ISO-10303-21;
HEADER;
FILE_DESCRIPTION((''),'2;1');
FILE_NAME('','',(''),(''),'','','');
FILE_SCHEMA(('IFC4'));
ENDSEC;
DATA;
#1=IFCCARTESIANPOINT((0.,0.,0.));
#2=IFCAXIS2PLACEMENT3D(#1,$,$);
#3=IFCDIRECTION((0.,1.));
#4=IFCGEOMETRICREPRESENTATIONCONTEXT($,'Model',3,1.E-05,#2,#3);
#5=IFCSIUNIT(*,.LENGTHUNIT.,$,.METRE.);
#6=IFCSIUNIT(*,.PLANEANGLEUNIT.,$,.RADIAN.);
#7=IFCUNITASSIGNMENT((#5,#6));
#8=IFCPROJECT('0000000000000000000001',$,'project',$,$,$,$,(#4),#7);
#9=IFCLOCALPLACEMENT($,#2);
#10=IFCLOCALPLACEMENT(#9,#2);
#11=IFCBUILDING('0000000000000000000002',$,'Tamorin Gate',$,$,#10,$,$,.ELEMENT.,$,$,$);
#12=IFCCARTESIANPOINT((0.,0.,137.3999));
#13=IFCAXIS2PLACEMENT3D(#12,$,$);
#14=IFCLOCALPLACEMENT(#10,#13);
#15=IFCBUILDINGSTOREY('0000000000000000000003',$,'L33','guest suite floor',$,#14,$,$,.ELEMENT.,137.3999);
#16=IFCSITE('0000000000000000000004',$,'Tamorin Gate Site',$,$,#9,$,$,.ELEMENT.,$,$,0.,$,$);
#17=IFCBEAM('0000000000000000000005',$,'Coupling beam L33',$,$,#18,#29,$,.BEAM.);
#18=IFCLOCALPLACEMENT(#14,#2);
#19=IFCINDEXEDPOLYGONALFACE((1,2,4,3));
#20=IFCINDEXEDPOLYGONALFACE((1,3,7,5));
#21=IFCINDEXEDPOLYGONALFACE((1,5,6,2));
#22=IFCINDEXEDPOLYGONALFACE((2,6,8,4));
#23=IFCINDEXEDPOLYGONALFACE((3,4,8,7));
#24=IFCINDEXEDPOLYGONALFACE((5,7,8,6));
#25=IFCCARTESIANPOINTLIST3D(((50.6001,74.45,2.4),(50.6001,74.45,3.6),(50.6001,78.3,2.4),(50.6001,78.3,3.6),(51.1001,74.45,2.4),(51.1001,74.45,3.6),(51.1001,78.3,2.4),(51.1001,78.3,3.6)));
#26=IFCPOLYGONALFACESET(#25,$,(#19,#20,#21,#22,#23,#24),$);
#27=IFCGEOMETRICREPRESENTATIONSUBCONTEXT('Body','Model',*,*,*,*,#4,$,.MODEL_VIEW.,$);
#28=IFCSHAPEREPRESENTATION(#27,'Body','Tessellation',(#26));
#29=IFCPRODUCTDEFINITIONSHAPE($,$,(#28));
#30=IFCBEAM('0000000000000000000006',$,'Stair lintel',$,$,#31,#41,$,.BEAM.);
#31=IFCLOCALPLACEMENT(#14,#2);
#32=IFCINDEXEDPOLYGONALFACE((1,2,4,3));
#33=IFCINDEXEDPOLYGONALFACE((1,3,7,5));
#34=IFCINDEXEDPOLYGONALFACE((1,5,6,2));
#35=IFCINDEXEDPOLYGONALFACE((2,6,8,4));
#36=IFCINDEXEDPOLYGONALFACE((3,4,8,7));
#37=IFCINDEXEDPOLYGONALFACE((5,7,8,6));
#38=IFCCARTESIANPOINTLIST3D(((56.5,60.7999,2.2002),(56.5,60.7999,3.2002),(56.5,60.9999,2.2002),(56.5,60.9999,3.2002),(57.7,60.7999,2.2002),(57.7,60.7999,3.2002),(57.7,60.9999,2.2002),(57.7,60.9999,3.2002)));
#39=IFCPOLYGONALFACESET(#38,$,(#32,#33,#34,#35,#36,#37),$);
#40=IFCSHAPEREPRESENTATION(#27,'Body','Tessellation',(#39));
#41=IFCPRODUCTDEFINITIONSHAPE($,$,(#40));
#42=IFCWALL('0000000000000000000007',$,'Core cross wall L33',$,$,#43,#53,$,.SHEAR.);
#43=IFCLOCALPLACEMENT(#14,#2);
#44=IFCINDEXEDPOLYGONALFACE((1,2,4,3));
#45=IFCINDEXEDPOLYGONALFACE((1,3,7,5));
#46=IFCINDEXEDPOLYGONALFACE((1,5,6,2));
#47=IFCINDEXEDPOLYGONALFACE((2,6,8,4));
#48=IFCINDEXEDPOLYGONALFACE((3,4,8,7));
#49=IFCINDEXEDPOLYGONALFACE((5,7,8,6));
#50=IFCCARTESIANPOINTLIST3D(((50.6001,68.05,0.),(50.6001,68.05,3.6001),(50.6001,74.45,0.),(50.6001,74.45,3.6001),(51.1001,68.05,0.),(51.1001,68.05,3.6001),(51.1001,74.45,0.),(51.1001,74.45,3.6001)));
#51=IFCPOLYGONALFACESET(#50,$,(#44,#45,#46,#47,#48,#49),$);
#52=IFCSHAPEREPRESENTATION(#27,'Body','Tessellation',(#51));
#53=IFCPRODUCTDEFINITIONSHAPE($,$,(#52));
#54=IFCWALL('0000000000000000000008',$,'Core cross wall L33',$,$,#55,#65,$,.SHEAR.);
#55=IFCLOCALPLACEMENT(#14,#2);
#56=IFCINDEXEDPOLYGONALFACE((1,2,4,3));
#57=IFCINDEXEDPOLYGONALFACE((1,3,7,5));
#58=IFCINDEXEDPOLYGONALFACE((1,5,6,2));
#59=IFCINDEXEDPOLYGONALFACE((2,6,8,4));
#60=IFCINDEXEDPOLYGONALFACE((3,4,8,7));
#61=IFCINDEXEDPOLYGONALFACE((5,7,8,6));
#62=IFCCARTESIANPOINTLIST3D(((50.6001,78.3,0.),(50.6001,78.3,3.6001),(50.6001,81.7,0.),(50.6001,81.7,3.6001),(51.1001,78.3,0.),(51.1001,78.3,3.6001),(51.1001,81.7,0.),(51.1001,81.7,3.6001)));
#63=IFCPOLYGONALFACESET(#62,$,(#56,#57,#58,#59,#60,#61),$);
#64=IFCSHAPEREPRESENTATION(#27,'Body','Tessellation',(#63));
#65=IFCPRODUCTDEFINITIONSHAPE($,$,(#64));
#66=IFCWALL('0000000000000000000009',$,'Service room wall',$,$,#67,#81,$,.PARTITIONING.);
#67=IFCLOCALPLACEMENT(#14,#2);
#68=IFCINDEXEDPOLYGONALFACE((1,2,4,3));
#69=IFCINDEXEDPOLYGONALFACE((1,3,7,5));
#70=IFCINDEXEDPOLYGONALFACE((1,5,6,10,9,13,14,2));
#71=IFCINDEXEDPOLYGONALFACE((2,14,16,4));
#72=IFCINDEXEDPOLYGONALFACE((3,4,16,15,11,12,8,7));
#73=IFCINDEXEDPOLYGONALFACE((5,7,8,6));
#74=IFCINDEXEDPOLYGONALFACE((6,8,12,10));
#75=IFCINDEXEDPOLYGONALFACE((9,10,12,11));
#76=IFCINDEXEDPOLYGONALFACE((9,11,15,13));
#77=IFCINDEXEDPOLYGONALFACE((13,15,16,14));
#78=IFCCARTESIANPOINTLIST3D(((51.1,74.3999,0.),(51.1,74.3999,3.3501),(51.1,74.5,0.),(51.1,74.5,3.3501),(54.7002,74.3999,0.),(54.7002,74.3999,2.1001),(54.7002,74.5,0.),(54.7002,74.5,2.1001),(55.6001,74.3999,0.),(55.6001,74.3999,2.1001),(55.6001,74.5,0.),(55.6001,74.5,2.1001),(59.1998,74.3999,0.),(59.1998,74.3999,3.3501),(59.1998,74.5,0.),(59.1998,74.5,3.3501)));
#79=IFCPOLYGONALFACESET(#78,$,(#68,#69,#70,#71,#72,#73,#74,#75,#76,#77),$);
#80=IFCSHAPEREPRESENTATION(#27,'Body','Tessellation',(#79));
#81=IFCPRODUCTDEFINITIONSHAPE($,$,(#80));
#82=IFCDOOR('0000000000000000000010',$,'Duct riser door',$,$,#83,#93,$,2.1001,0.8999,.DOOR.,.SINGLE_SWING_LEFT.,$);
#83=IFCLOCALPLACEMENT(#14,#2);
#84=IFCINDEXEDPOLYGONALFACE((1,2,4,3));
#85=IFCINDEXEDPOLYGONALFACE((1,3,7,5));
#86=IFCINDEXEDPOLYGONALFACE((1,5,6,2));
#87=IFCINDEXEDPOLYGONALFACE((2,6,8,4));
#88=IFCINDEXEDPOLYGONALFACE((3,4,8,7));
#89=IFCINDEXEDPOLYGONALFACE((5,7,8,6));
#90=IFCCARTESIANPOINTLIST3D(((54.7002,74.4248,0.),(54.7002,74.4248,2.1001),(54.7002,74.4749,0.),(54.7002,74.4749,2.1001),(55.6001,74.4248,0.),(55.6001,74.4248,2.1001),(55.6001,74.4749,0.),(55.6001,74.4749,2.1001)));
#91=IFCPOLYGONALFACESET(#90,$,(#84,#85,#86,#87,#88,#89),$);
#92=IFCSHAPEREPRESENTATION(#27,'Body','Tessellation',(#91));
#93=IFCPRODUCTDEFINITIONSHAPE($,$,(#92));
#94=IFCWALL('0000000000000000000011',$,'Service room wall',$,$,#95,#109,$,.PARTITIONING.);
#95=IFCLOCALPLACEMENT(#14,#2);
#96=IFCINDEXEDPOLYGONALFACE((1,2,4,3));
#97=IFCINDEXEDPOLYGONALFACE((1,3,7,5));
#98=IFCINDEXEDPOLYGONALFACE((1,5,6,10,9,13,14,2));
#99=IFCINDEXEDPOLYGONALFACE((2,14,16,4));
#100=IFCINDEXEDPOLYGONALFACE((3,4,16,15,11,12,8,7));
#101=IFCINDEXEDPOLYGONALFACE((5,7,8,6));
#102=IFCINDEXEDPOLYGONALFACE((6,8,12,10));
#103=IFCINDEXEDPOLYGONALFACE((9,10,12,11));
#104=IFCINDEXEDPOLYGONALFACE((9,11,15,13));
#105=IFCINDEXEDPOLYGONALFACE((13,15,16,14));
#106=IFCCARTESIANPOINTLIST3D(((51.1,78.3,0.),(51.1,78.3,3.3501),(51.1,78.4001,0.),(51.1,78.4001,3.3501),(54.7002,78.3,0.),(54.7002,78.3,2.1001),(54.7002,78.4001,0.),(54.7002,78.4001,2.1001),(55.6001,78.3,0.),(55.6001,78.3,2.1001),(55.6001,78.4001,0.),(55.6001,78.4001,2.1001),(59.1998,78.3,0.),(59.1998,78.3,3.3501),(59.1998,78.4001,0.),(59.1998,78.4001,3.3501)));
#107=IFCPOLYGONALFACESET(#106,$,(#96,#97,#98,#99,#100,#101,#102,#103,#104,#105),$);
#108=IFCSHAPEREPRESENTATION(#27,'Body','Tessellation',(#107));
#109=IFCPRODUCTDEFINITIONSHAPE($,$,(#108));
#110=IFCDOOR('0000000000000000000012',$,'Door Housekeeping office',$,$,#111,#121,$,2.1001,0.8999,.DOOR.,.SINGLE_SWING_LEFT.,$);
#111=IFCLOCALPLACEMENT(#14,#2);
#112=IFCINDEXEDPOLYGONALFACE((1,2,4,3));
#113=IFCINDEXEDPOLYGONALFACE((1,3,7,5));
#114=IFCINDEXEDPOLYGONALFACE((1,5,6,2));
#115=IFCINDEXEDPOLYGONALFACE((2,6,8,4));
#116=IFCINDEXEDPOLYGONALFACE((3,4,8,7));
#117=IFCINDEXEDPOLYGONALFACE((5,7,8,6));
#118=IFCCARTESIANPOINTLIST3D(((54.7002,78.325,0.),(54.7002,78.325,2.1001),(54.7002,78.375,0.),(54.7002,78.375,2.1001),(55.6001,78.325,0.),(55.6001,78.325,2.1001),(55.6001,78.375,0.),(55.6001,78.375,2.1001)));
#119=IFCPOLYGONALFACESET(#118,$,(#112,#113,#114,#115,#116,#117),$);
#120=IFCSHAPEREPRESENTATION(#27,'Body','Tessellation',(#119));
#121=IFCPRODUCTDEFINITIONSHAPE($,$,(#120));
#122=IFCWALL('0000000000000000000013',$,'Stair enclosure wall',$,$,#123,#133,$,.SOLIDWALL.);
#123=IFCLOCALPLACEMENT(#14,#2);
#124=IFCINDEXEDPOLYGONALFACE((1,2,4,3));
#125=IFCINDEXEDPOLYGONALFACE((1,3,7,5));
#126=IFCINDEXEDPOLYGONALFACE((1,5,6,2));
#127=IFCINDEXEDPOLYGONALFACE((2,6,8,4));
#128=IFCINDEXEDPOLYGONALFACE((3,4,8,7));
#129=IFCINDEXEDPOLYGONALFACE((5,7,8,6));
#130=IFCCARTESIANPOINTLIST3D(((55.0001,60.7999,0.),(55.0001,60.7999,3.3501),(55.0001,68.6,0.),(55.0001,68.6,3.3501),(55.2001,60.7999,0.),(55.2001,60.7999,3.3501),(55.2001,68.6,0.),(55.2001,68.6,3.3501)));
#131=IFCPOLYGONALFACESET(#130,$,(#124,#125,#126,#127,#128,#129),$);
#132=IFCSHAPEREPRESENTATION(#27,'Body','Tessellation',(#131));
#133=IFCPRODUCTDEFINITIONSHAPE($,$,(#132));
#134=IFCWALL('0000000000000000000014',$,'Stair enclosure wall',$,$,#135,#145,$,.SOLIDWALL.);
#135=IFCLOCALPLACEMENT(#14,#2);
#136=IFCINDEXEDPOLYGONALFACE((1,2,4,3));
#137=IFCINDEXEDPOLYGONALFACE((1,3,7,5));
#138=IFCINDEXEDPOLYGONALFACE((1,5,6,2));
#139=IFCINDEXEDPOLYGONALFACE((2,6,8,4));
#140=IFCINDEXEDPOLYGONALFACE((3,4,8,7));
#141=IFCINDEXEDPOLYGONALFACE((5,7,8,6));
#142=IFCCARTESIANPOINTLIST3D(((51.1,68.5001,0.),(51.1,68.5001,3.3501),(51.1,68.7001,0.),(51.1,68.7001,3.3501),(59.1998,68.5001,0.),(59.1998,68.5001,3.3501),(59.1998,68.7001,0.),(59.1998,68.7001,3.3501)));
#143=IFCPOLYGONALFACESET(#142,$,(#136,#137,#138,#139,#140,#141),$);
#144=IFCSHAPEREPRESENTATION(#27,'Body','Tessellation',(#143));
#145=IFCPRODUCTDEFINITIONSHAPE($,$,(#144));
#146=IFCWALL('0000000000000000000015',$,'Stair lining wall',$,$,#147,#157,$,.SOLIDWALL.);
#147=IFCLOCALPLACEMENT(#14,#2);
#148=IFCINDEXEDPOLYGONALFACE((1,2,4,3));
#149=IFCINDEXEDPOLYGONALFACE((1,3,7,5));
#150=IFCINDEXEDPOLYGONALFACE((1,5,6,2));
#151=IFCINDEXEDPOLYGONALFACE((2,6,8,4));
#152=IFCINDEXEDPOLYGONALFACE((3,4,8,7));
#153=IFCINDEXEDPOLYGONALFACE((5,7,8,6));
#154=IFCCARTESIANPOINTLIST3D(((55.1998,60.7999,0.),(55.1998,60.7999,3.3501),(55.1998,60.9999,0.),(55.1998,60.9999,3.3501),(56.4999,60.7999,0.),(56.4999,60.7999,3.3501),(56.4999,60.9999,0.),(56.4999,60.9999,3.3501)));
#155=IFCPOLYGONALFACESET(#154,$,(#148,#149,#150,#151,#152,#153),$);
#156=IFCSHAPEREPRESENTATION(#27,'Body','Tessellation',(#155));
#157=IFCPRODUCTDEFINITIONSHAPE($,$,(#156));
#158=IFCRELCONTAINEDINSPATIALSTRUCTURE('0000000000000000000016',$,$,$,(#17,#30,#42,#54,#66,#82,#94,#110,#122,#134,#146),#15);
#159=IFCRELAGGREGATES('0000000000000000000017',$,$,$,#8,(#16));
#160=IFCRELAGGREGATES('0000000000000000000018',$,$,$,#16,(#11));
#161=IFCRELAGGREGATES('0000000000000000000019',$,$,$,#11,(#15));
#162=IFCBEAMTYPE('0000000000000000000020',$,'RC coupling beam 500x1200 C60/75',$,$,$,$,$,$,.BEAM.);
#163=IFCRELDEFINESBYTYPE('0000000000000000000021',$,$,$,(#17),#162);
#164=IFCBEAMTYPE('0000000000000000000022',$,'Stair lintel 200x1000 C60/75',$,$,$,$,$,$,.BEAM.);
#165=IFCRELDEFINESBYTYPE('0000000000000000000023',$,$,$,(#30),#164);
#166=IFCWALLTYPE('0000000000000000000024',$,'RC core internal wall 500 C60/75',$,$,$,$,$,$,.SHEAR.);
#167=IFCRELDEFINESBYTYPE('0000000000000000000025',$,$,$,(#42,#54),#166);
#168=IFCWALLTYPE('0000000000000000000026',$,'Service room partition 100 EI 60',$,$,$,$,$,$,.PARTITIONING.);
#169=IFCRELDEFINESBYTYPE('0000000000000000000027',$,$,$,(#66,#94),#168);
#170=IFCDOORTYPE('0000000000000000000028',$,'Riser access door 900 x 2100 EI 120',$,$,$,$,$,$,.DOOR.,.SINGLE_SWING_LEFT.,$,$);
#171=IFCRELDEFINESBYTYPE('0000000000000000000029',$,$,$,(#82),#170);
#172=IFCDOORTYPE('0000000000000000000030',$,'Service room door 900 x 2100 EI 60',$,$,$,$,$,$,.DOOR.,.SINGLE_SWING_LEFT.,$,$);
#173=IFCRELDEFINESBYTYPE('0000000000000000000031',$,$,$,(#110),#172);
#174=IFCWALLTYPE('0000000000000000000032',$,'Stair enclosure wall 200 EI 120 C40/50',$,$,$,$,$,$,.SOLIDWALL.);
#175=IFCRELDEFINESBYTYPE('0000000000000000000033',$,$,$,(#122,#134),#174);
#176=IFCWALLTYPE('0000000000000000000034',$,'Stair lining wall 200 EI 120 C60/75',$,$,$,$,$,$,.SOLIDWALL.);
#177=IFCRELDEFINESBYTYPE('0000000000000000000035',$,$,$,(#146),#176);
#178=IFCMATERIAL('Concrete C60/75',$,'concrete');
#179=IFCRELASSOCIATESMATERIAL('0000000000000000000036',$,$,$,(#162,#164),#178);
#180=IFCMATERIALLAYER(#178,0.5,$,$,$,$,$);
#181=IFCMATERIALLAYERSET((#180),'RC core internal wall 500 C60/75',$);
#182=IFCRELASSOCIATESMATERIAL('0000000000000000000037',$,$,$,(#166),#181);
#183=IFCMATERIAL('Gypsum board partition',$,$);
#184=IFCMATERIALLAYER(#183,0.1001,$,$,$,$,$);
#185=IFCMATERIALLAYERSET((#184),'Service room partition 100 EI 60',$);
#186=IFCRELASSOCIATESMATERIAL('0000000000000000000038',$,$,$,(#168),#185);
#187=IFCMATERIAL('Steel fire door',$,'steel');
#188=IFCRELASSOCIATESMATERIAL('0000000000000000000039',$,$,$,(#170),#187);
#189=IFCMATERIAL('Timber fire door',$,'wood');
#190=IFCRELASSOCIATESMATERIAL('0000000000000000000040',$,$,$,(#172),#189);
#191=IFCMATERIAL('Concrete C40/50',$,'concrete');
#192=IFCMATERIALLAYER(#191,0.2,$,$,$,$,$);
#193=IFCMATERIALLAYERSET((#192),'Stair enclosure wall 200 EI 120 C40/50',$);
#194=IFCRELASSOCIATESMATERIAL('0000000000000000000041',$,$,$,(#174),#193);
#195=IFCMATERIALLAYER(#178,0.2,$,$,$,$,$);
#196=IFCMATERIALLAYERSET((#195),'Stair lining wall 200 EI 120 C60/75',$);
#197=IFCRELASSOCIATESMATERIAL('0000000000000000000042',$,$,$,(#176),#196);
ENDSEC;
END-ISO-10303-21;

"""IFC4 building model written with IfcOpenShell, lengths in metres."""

from ifc_helpers import new_model, si_unit, direction, frame, frame_2d, origin, origin_2d, place, context, subcontext, project, spatial, rectangle, extrude, material, layer, layer_set, material_profile, profile_set, type_object, element, fill, save


model = new_model("IFC4")

# Units and contexts
model_context = context("Model", 3, precision=1e-05, world=origin(), true_north=direction((0.0, 1.0)))
body_context = subcontext(model_context, "Body", "Model", "MODEL_VIEW")
ifc_project = project(units=[si_unit("LENGTHUNIT", "METRE"), si_unit("PLANEANGLEUNIT", "RADIAN")], contexts=[model_context])

# Site, building, storey
site_placement = place(None, origin())
site = spatial("IfcSite", under=ifc_project, at=site_placement, Name="Tamorin Gate Site", CompositionType="ELEMENT", RefElevation=0.0)
building_placement = place(site_placement, origin())
building = spatial("IfcBuilding", under=site, at=building_placement, Name="Tamorin Gate", CompositionType="ELEMENT")
storey_placement = place(building_placement, frame((0.0, 0.0, 137.3999)))
storey = spatial("IfcBuildingStorey", under=building, at=storey_placement, Name="L33", Description="guest suite floor", CompositionType="ELEMENT", Elevation=137.3999)

# Beams
ifc_material_1 = material(Name="Concrete C60/75", Category="concrete")
ifc_material_profile_1 = material_profile(ifc_material_1, rectangle(XDim=0.5, YDim=1.2, at=origin_2d()), Name="RC 500x1200")
ifc_profile_set_1 = profile_set([ifc_material_profile_1], Name="Concrete C60/75")
beam_type_1 = type_object("IfcBeamType", Name="RC coupling beam 500x1200 C60/75", PredefinedType="BEAM", material=ifc_profile_set_1)
beam_1_placement = place(storey_placement, frame((50.8501, 74.45, 3.0), z_axis=(0.0, 1.0, 0.0), x_axis=(-1.0, 0.0, 0.0)))
element("IfcBeam", 1, at=beam_1_placement, inside=storey, type_object=beam_type_1, Name="Coupling beam L33", PredefinedType="BEAM", context=body_context, shape_type="SweptSolid", body=[
    extrude(rectangle(XDim=0.5, YDim=1.2, at=origin_2d()), origin(), (0.0, 0.0, 1.0), 3.8501),
])
ifc_material_profile_2 = material_profile(ifc_material_1, rectangle(XDim=0.2, YDim=1.0, at=origin_2d()))
ifc_profile_set_2 = profile_set([ifc_material_profile_2], Name="Concrete C60/75")
beam_type_2 = type_object("IfcBeamType", Name="Stair lintel 200x1000 C60/75", PredefinedType="BEAM", material=ifc_profile_set_2)
beam_2_placement = place(storey_placement, frame((56.5, 60.8999, 2.7002), z_axis=(1.0, 0.0, 0.0), x_axis=(0.0, 1.0, 0.0)))
element("IfcBeam", 2, at=beam_2_placement, inside=storey, type_object=beam_type_2, Name="Stair lintel", PredefinedType="BEAM", context=body_context, shape_type="SweptSolid", body=[
    extrude(rectangle(XDim=0.2, YDim=1.0, at=origin_2d()), origin(), (0.0, 0.0, 1.0), 1.2),
])

# Walls
ifc_layer_1 = layer(ifc_material_1, 0.5)
ifc_layer_set_1 = layer_set([ifc_layer_1], Name="RC core internal wall 500 C60/75")
wall_type_1 = type_object("IfcWallType", Name="RC core internal wall 500 C60/75", PredefinedType="SHEAR", material=ifc_layer_set_1)
wall_1_placement = place(storey_placement, frame((50.8501, 68.05, 0.0), z_axis=(0.0, 0.0, 1.0), x_axis=(0.0, 1.0, 0.0)))
element("IfcWall", 3, at=wall_1_placement, inside=storey, type_object=wall_type_1, Name="Core cross wall L33", PredefinedType="SHEAR", context=body_context, shape_type="SweptSolid", body=[
    extrude(rectangle(XDim=6.3999, YDim=0.5, at=frame_2d((3.2, 0.0))), origin(), (0.0, 0.0, 1.0), 3.6001),
])
wall_2_placement = place(storey_placement, frame((50.8501, 78.3, 0.0), z_axis=(0.0, 0.0, 1.0), x_axis=(0.0, 1.0, 0.0)))
element("IfcWall", 4, at=wall_2_placement, inside=storey, type_object=wall_type_1, Name="Core cross wall L33", PredefinedType="SHEAR", context=body_context, shape_type="SweptSolid", body=[
    extrude(rectangle(XDim=3.3999, YDim=0.5, at=frame_2d((1.7, 0.0))), origin(), (0.0, 0.0, 1.0), 3.6001),
])

# Walls, openings, doors
ifc_material_2 = material(Name="Gypsum board partition")
ifc_layer_2 = layer(ifc_material_2, 0.1001)
ifc_layer_set_2 = layer_set([ifc_layer_2], Name="Service room partition 100 EI 60")
wall_type_2 = type_object("IfcWallType", Name="Service room partition 100 EI 60", PredefinedType="PARTITIONING", material=ifc_layer_set_2)
wall_3_placement = place(storey_placement, frame((51.1001, 74.45, 0.0), z_axis=(0.0, 0.0, 1.0), x_axis=(1.0, 0.0, 0.0)))
wall_3 = element("IfcWall", 5, at=wall_3_placement, inside=storey, type_object=wall_type_2, Name="Service room wall", PredefinedType="PARTITIONING", context=body_context, shape_type="SweptSolid", body=[
    extrude(rectangle(XDim=8.0999, YDim=0.1001, at=frame_2d((4.0498, 0.0))), origin(), (0.0, 0.0, 1.0), 3.3501),
])
opening_1_placement = place(wall_3_placement, frame((3.6001, 0.0, 0.0)))
opening_1 = element("IfcOpeningElement", 6, at=opening_1_placement, cuts=wall_3, PredefinedType="OPENING", context=body_context, shape_type="SweptSolid", body=[
    extrude(rectangle(XDim=0.8999, YDim=2.1001, at=frame_2d((0.45, 1.05))), frame((0.0, 0.0601, 0.0), z_axis=(0.0, -1.0, 0.0), x_axis=(1.0, 0.0, 0.0)), (0.0, 0.0, 1.0), 0.1201),
])
ifc_material_3 = material(Name="Steel fire door", Category="steel")
door_type_1 = type_object("IfcDoorType", Name="Riser access door 900 x 2100 EI 120", OperationType="SINGLE_SWING_LEFT", PredefinedType="DOOR", material=ifc_material_3)
door_1_placement = place(opening_1_placement, origin())
door_1 = element("IfcDoor", 7, at=door_1_placement, inside=storey, type_object=door_type_1, Name="Duct riser door", OperationType="SINGLE_SWING_LEFT", OverallHeight=2.1001, OverallWidth=0.8999, PredefinedType="DOOR", context=body_context, shape_type="SweptSolid", body=[
    extrude(rectangle(XDim=0.8999, YDim=2.1001, at=frame_2d((0.45, 1.05))), frame((0.0, 0.0249, 0.0), z_axis=(0.0, -1.0, 0.0), x_axis=(1.0, 0.0, 0.0)), (0.0, 0.0, 1.0), 0.05),
])
fill(opening_1, door_1)
wall_4_placement = place(storey_placement, frame((51.1001, 78.3501, 0.0), z_axis=(0.0, 0.0, 1.0), x_axis=(1.0, 0.0, 0.0)))
wall_4 = element("IfcWall", 8, at=wall_4_placement, inside=storey, type_object=wall_type_2, Name="Service room wall", PredefinedType="PARTITIONING", context=body_context, shape_type="SweptSolid", body=[
    extrude(rectangle(XDim=8.0999, YDim=0.1001, at=frame_2d((4.0498, 0.0))), origin(), (0.0, 0.0, 1.0), 3.3501),
])
opening_2_placement = place(wall_4_placement, frame((3.6001, 0.0, 0.0)))
opening_2 = element("IfcOpeningElement", 9, at=opening_2_placement, cuts=wall_4, PredefinedType="OPENING", context=body_context, shape_type="SweptSolid", body=[
    extrude(rectangle(XDim=0.8999, YDim=2.1001, at=frame_2d((0.45, 1.05))), frame((0.0, 0.0601, 0.0), z_axis=(0.0, -1.0, 0.0), x_axis=(1.0, 0.0, 0.0)), (0.0, 0.0, 1.0), 0.1201),
])
ifc_material_4 = material(Name="Timber fire door", Category="wood")
door_type_2 = type_object("IfcDoorType", Name="Service room door 900 x 2100 EI 60", OperationType="SINGLE_SWING_LEFT", PredefinedType="DOOR", material=ifc_material_4)
door_2_placement = place(opening_2_placement, origin())
door_2 = element("IfcDoor", 10, at=door_2_placement, inside=storey, type_object=door_type_2, Name="Door Housekeeping office", OperationType="SINGLE_SWING_LEFT", OverallHeight=2.1001, OverallWidth=0.8999, PredefinedType="DOOR", context=body_context, shape_type="SweptSolid", body=[
    extrude(rectangle(XDim=0.8999, YDim=2.1001, at=frame_2d((0.45, 1.05))), frame((0.0, 0.0249, 0.0), z_axis=(0.0, -1.0, 0.0), x_axis=(1.0, 0.0, 0.0)), (0.0, 0.0, 1.0), 0.05),
])
fill(opening_2, door_2)

# Walls
ifc_material_5 = material(Name="Concrete C40/50", Category="concrete")
ifc_layer_3 = layer(ifc_material_5, 0.2)
ifc_layer_set_3 = layer_set([ifc_layer_3], Name="Stair enclosure wall 200 EI 120 C40/50")
wall_type_3 = type_object("IfcWallType", Name="Stair enclosure wall 200 EI 120 C40/50", PredefinedType="SOLIDWALL", material=ifc_layer_set_3)
wall_5_placement = place(storey_placement, frame((55.1001, 60.8, 0.0), z_axis=(0.0, 0.0, 1.0), x_axis=(0.0, 1.0, 0.0)))
element("IfcWall", 11, at=wall_5_placement, inside=storey, type_object=wall_type_3, Name="Stair enclosure wall", PredefinedType="SOLIDWALL", context=body_context, shape_type="SweptSolid", body=[
    extrude(rectangle(XDim=7.8, YDim=0.2, at=frame_2d((3.8999, 0.0))), origin(), (0.0, 0.0, 1.0), 3.3501),
])
wall_6_placement = place(storey_placement, frame((51.1001, 68.6001, 0.0), z_axis=(0.0, 0.0, 1.0), x_axis=(1.0, 0.0, 0.0)))
element("IfcWall", 12, at=wall_6_placement, inside=storey, type_object=wall_type_3, Name="Stair enclosure wall", PredefinedType="SOLIDWALL", context=body_context, shape_type="SweptSolid", body=[
    extrude(rectangle(XDim=8.0999, YDim=0.2, at=frame_2d((4.0498, 0.0))), origin(), (0.0, 0.0, 1.0), 3.3501),
])
ifc_layer_4 = layer(ifc_material_1, 0.2)
ifc_layer_set_4 = layer_set([ifc_layer_4], Name="Stair lining wall 200 EI 120 C60/75")
wall_type_4 = type_object("IfcWallType", Name="Stair lining wall 200 EI 120 C60/75", PredefinedType="SOLIDWALL", material=ifc_layer_set_4)
wall_7_placement = place(storey_placement, frame((55.2, 60.8999, 0.0), z_axis=(0.0, 0.0, 1.0), x_axis=(1.0, 0.0, 0.0)))
element("IfcWall", 13, at=wall_7_placement, inside=storey, type_object=wall_type_4, Name="Stair lining wall", PredefinedType="SOLIDWALL", context=body_context, shape_type="SweptSolid", body=[
    extrude(rectangle(XDim=1.3, YDim=0.2, at=frame_2d((0.6499, 0.0))), origin(), (0.0, 0.0, 1.0), 3.3501),
])

save(model, "model.ifc")
